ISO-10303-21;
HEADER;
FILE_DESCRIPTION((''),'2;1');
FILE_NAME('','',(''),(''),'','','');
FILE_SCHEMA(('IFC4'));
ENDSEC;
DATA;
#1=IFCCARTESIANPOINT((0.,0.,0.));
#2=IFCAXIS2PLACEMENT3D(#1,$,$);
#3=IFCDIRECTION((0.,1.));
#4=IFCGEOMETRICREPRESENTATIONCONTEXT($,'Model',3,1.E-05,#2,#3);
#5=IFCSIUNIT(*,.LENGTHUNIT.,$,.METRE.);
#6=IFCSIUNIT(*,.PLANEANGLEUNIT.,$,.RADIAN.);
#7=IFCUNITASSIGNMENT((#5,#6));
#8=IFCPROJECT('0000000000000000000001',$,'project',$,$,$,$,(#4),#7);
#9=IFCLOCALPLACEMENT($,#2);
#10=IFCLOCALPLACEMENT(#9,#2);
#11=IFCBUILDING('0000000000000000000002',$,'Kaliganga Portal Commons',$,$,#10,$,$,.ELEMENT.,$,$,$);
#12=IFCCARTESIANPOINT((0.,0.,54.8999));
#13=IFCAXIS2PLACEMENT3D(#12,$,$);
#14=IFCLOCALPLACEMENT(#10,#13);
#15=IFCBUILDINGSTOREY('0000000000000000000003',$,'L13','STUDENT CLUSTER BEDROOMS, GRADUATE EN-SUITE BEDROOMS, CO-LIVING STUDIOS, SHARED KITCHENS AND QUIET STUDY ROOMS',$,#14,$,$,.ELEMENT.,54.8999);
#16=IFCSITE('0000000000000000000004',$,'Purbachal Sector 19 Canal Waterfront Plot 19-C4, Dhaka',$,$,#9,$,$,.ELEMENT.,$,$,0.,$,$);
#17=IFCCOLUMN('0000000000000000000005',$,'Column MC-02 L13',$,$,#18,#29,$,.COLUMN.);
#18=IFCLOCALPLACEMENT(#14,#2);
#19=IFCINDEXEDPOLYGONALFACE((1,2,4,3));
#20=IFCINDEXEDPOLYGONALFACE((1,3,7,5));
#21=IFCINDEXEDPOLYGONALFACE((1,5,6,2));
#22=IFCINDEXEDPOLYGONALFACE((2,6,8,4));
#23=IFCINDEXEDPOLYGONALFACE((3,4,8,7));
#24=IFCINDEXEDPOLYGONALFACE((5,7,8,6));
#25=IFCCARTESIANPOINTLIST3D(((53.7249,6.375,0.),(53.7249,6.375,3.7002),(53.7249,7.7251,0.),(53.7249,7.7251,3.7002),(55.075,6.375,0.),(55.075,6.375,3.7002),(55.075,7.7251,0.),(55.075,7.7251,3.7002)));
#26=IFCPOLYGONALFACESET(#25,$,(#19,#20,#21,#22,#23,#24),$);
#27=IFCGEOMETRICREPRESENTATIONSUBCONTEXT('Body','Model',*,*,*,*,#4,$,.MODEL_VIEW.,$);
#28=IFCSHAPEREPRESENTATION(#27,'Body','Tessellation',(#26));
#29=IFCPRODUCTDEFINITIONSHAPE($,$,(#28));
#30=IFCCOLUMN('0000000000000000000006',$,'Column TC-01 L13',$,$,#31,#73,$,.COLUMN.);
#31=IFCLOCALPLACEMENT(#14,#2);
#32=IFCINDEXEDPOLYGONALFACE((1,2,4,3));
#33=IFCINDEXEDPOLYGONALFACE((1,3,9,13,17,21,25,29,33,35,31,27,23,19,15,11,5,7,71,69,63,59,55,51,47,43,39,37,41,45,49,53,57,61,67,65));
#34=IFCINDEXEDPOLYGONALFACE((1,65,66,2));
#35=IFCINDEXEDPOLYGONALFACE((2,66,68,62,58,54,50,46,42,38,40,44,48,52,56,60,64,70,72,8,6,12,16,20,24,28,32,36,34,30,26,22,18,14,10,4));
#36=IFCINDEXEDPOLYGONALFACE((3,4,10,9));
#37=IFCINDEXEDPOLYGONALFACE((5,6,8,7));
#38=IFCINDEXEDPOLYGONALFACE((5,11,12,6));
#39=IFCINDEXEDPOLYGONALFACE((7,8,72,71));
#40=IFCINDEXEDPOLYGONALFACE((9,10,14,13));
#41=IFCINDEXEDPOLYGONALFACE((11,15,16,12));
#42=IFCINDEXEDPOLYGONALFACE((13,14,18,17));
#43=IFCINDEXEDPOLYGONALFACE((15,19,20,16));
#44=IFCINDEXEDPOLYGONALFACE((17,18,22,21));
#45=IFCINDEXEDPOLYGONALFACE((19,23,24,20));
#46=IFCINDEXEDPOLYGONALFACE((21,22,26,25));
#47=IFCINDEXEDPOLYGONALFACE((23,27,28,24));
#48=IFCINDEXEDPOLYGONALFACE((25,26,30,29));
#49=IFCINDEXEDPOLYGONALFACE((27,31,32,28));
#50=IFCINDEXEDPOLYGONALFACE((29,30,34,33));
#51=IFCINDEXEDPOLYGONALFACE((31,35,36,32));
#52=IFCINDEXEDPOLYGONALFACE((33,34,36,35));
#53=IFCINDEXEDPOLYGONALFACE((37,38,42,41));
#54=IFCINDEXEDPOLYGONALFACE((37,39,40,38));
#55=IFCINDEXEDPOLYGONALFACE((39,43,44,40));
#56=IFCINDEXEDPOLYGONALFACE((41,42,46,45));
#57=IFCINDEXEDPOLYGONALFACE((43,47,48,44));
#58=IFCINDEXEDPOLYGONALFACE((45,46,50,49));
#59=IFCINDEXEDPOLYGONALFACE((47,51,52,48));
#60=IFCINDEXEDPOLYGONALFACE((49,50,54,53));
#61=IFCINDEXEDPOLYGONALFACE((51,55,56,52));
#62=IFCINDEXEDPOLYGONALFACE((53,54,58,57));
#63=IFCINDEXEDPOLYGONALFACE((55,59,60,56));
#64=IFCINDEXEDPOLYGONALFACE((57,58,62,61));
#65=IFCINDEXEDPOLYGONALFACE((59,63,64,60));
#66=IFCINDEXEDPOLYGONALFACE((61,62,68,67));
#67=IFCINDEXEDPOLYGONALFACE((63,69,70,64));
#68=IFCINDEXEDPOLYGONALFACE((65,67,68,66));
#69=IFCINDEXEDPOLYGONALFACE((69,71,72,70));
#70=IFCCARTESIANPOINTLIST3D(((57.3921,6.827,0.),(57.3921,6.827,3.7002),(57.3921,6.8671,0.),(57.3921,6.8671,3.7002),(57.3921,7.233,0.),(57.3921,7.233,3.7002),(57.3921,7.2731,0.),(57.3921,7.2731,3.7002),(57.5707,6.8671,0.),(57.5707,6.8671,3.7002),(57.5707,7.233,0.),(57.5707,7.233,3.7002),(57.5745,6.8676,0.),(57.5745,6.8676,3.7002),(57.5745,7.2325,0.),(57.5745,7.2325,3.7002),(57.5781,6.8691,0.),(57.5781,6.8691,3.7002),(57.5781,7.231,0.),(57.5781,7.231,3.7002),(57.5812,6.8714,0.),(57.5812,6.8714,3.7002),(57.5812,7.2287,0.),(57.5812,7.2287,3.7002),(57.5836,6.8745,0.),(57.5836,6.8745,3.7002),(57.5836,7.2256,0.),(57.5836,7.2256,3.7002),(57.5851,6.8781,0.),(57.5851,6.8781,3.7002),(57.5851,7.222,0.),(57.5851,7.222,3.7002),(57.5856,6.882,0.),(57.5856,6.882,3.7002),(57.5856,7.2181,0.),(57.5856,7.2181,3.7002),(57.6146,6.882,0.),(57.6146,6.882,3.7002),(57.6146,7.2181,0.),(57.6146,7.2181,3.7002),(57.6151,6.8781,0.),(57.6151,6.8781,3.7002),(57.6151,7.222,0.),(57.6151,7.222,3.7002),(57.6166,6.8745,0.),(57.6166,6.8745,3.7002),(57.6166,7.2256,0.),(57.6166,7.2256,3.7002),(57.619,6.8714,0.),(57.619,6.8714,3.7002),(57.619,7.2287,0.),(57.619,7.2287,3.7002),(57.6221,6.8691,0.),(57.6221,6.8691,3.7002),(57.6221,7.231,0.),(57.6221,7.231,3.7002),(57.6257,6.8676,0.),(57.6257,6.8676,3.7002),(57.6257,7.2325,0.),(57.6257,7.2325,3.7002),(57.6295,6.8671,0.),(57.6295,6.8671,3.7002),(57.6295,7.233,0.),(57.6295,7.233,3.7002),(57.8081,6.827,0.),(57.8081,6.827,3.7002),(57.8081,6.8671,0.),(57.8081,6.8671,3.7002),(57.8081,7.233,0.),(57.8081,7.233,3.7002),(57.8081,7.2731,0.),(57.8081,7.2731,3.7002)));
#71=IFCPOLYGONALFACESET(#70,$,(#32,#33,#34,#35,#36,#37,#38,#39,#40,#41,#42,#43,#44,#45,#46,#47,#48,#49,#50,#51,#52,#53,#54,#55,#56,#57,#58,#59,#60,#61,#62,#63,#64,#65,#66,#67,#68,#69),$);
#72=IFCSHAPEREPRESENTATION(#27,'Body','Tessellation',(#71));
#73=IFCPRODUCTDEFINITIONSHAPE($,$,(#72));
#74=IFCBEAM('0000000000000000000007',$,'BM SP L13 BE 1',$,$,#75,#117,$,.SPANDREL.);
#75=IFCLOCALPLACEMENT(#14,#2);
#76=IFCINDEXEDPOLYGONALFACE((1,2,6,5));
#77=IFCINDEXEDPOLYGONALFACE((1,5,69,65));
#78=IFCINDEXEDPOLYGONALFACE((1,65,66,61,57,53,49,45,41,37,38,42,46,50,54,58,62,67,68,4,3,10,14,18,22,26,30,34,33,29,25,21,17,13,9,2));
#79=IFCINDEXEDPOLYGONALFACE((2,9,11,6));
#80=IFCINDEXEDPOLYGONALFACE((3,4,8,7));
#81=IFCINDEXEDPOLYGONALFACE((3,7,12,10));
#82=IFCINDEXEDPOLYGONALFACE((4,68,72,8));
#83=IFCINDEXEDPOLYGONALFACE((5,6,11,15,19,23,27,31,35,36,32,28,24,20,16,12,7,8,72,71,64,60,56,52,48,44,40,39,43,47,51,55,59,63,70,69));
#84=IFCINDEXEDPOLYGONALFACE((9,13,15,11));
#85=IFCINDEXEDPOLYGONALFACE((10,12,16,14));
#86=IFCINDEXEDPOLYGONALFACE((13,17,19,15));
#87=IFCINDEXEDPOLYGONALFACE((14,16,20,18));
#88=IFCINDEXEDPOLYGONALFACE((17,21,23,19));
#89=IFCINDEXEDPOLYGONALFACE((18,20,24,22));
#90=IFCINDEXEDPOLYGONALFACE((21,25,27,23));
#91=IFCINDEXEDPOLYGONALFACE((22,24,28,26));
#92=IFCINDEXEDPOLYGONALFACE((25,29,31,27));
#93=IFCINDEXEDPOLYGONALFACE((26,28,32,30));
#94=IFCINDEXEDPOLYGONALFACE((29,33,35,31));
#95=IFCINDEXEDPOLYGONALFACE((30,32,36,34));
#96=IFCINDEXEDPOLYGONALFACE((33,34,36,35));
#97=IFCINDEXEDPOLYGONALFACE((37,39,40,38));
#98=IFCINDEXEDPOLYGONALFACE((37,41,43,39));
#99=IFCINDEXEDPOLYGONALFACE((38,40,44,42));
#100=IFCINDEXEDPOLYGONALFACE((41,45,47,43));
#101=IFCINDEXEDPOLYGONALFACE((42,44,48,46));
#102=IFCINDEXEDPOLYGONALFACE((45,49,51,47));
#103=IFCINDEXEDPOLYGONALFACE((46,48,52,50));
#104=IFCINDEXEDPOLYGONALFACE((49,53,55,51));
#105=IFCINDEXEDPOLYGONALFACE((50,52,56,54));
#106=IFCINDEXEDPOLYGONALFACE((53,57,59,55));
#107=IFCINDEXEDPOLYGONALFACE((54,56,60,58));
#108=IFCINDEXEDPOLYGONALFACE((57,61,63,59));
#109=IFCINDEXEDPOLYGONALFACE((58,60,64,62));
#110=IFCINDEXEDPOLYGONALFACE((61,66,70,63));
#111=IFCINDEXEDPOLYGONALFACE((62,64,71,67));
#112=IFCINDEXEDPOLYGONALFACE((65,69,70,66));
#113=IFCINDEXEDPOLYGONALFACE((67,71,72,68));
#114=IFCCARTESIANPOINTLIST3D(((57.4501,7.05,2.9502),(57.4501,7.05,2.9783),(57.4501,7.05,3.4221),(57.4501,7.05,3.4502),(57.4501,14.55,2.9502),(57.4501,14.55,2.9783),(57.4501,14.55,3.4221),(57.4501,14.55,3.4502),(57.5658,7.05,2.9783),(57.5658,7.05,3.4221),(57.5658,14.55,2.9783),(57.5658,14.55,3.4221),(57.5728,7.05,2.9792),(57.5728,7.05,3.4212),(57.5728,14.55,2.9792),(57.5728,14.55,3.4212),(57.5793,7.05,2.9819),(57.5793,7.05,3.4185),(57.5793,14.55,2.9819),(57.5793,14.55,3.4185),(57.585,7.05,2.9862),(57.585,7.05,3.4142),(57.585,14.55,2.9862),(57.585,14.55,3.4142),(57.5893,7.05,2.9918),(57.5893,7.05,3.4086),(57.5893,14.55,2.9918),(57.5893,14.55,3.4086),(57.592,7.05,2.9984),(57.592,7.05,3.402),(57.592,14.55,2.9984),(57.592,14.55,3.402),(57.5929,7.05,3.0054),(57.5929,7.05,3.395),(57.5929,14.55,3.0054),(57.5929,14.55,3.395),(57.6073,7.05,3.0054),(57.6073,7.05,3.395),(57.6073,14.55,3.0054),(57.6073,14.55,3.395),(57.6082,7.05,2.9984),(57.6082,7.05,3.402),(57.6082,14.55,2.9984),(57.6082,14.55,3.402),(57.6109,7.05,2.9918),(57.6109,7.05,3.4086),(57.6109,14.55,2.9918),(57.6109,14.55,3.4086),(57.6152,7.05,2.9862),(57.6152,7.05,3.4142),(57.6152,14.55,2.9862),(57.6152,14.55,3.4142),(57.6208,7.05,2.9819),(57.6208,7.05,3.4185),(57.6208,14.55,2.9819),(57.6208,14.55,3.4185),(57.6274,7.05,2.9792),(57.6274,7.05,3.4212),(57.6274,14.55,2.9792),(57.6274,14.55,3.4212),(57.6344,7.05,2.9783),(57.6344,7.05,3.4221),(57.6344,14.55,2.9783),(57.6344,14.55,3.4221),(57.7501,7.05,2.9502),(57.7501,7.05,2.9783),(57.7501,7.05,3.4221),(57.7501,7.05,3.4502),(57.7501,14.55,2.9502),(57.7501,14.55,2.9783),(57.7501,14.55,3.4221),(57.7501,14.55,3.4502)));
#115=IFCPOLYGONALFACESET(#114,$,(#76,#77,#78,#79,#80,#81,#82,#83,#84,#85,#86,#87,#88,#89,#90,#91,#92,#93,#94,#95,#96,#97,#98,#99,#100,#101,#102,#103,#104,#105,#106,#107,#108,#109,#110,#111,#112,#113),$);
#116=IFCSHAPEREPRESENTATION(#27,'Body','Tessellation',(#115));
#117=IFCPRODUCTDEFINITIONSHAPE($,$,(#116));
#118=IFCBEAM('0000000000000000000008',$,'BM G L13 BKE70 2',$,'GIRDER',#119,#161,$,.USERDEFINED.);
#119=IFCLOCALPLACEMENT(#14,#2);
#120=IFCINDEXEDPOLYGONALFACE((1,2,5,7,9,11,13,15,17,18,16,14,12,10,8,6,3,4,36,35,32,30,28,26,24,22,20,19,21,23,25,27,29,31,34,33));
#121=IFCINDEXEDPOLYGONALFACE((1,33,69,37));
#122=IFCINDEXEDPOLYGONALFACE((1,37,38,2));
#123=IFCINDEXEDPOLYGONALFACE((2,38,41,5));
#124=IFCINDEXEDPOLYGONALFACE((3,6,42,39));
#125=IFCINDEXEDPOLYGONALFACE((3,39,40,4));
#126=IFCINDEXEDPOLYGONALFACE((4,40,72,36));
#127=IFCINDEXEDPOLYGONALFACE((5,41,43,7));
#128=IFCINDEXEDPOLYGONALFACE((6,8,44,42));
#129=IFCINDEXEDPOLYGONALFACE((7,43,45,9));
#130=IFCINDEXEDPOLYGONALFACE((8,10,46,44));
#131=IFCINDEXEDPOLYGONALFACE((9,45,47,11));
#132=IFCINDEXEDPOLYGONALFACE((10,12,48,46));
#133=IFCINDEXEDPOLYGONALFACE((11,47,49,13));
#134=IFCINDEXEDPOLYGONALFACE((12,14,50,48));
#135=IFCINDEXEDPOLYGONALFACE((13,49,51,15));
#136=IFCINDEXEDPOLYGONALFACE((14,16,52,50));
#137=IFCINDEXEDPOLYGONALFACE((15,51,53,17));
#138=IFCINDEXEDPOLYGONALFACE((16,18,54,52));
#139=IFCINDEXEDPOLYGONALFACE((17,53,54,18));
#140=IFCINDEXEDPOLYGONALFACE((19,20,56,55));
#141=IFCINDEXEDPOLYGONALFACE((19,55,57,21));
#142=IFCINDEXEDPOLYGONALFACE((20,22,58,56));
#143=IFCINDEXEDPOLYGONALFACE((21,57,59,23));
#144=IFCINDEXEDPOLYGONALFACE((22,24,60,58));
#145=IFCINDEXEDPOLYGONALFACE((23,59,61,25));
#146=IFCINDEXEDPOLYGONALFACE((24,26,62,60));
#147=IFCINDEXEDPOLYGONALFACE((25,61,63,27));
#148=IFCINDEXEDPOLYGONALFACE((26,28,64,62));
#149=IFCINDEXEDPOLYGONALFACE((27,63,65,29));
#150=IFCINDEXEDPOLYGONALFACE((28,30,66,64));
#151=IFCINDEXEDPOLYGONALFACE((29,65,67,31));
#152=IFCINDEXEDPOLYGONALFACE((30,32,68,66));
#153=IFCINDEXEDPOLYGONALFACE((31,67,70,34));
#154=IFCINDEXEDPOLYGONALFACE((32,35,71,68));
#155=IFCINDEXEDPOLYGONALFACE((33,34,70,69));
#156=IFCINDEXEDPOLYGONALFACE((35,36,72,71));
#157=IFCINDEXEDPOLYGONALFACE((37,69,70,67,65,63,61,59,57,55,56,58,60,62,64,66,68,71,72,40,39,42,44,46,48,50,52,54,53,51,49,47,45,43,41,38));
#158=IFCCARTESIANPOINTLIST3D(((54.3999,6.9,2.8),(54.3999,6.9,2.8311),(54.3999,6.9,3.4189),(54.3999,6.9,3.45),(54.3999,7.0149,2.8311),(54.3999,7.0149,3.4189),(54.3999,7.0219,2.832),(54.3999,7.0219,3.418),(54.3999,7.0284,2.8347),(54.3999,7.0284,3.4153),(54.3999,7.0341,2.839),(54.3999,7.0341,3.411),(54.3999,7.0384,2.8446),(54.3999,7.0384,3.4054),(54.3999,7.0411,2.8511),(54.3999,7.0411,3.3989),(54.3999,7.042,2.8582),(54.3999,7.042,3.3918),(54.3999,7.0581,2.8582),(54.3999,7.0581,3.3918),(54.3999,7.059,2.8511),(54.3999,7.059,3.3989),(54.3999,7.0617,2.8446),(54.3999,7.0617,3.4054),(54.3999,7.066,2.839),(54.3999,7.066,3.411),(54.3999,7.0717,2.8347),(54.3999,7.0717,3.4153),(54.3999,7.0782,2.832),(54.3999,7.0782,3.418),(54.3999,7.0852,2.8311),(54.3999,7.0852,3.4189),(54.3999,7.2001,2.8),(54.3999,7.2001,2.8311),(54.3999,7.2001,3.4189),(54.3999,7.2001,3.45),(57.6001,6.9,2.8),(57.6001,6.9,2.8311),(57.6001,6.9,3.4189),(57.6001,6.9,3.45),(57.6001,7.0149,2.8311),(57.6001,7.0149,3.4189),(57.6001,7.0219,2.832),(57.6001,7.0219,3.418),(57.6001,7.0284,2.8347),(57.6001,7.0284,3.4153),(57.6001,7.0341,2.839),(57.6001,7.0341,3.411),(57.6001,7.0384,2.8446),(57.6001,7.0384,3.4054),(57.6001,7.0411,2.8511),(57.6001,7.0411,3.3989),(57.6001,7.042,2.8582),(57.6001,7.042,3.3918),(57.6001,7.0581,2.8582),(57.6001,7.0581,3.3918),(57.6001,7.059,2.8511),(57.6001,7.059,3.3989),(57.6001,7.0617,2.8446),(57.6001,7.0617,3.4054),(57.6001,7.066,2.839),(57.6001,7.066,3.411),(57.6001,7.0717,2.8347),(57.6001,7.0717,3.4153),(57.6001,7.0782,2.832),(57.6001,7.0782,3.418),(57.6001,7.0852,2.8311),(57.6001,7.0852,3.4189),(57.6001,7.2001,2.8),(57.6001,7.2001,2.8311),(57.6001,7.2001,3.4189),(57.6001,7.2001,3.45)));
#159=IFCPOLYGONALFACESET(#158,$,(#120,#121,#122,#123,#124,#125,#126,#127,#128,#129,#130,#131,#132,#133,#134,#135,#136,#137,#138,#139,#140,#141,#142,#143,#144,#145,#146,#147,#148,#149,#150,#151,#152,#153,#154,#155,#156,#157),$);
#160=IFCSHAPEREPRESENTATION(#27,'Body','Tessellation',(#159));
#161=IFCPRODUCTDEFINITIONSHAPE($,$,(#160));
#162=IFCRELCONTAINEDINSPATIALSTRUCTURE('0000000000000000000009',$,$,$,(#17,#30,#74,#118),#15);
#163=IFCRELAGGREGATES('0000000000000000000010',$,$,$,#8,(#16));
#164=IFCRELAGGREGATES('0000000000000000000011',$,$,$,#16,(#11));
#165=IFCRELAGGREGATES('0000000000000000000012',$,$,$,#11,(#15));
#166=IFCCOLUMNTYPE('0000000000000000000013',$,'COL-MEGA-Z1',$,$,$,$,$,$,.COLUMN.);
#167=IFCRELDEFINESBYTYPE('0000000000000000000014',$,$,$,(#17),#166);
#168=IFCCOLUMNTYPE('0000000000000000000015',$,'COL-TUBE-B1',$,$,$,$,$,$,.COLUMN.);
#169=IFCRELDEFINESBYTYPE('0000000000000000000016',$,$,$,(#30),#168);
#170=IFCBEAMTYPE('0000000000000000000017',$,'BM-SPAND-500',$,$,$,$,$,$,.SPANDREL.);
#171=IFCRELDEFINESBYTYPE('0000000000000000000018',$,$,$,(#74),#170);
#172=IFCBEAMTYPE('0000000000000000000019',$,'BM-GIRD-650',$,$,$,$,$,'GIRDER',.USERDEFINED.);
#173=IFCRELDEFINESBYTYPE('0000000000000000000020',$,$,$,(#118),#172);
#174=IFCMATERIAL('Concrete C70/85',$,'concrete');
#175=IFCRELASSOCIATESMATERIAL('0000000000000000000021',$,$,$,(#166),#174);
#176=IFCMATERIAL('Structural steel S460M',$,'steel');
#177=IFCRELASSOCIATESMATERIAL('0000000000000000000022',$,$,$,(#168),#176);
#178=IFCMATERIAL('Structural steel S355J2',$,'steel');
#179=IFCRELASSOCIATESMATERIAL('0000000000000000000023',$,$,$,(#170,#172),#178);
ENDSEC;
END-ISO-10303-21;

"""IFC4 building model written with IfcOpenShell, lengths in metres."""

from ifc_helpers import new_model, si_unit, direction, frame, origin, origin_2d, place, context, subcontext, project, spatial, rectangle, i_section, extrude, source, transform, mapped, material, material_profile, profile_set, type_object, element, save


model = new_model("IFC4")

# Units and contexts
model_context = context("Model", 3, precision=1e-05, world=origin(), true_north=direction((0.0, 1.0)))
body_context = subcontext(model_context, "Body", "Model", "MODEL_VIEW")
ifc_project = project(units=[si_unit("LENGTHUNIT", "METRE"), si_unit("PLANEANGLEUNIT", "RADIAN")], contexts=[model_context])

# Site, building, storey
site_placement = place(None, origin())
site = spatial("IfcSite", under=ifc_project, at=site_placement, Name="Purbachal Sector 19 Canal Waterfront Plot 19-C4, Dhaka", CompositionType="ELEMENT", RefElevation=0.0)
building_placement = place(site_placement, origin())
building = spatial("IfcBuilding", under=site, at=building_placement, Name="Kaliganga Portal Commons", CompositionType="ELEMENT")
storey_placement = place(building_placement, frame((0.0, 0.0, 54.8999)))
storey = spatial("IfcBuildingStorey", under=building, at=storey_placement, Name="L13", Description="STUDENT CLUSTER BEDROOMS, GRADUATE EN-SUITE BEDROOMS, CO-LIVING STUDIOS, SHARED KITCHENS AND QUIET STUDY ROOMS", CompositionType="ELEMENT", Elevation=54.8999)

# Columns
ifc_material_1 = material(Name="Concrete C70/85", Category="concrete")
ifc_material_profile_1 = material_profile(ifc_material_1, rectangle(XDim=1.3501, YDim=1.3501, at=origin_2d()), Name="RC 1350x1350")
ifc_profile_set_1 = profile_set([ifc_material_profile_1], Name="Concrete C70/85")
column_type_1 = type_object("IfcColumnType", Name="COL-MEGA-Z1", PredefinedType="COLUMN", material=ifc_profile_set_1)
shared_shape_1 = source(origin(), body_context, "Body", "SweptSolid", [
    extrude(rectangle(XDim=1.3501, YDim=1.3501, at=origin_2d()), origin(), (0.0, 0.0, 1.0), 3.7002),
])
column_1_placement = place(storey_placement, frame((54.3999, 7.05, 0.0), z_axis=(0.0, 0.0, 1.0), x_axis=(1.0, 0.0, 0.0)))
element("IfcColumn", 1, at=column_1_placement, inside=storey, type_object=column_type_1, Name="Column MC-02 L13", PredefinedType="COLUMN", context=body_context, shape_type="MappedRepresentation", body=[
    mapped(shared_shape_1, transform((0.0, 0.0, 0.0), x_axis=(1.0, 0.0, 0.0), y_axis=(0.0, 1.0, 0.0), z_axis=(0.0, 0.0, 1.0), scale=1.0)),
])
ifc_material_2 = material(Name="Structural steel S460M", Category="steel")
ifc_material_profile_2 = material_profile(ifc_material_2, i_section(OverallWidth=0.416, OverallDepth=0.446, WebThickness=0.0291, FlangeThickness=0.04, FilletRadius=0.0149, at=origin_2d()), Name="HD 400x509")
ifc_profile_set_2 = profile_set([ifc_material_profile_2], Name="Structural steel S460M wide-flange")
column_type_2 = type_object("IfcColumnType", Name="COL-TUBE-B1", PredefinedType="COLUMN", material=ifc_profile_set_2)
shared_shape_2 = source(origin(), body_context, "Body", "SweptSolid", [
    extrude(i_section(OverallWidth=0.416, OverallDepth=0.446, WebThickness=0.0291, FlangeThickness=0.04, FilletRadius=0.0149, at=origin_2d()), origin(), (0.0, 0.0, 1.0), 3.7002),
])
column_2_placement = place(storey_placement, frame((57.6001, 7.05, 0.0), z_axis=(0.0, 0.0, 1.0), x_axis=(1.0, 0.0, 0.0)))
element("IfcColumn", 2, at=column_2_placement, inside=storey, type_object=column_type_2, Name="Column TC-01 L13", PredefinedType="COLUMN", context=body_context, shape_type="MappedRepresentation", body=[
    mapped(shared_shape_2, transform((0.0, 0.0, 0.0), x_axis=(1.0, 0.0, 0.0), y_axis=(0.0, 1.0, 0.0), z_axis=(0.0, 0.0, 1.0), scale=1.0)),
])

# Beams
ifc_material_3 = material(Name="Structural steel S355J2", Category="steel")
ifc_material_profile_3 = material_profile(ifc_material_3, i_section(OverallWidth=0.3, OverallDepth=0.5, WebThickness=0.0144, FlangeThickness=0.0281, FilletRadius=0.0271, at=origin_2d()), Name="HE 500 B")
ifc_profile_set_3 = profile_set([ifc_material_profile_3], Name="Structural steel S355J2 wide-flange")
beam_type_1 = type_object("IfcBeamType", Name="BM-SPAND-500", PredefinedType="SPANDREL", material=ifc_profile_set_3)
shared_shape_3 = source(origin(), body_context, "Body", "SweptSolid", [
    extrude(i_section(OverallWidth=0.3, OverallDepth=0.5, WebThickness=0.0144, FlangeThickness=0.0281, FilletRadius=0.0271, at=origin_2d()), origin(), (0.0, 0.0, 1.0), 7.5),
])
beam_1_placement = place(storey_placement, frame((57.6001, 7.05, 3.2002), z_axis=(0.0, 1.0, 0.0), x_axis=(-1.0, 0.0, 0.0)))
element("IfcBeam", 3, at=beam_1_placement, inside=storey, type_object=beam_type_1, Name="BM SP L13 BE 1", PredefinedType="SPANDREL", context=body_context, shape_type="MappedRepresentation", body=[
    mapped(shared_shape_3, transform((0.0, 0.0, 0.0), x_axis=(1.0, 0.0, 0.0), y_axis=(0.0, 1.0, 0.0), z_axis=(0.0, 0.0, 1.0), scale=1.0)),
])
ifc_material_profile_4 = material_profile(ifc_material_3, i_section(OverallWidth=0.3, OverallDepth=0.6499, WebThickness=0.0161, FlangeThickness=0.031, FilletRadius=0.0271, at=origin_2d()), Name="HE 650 B")
ifc_profile_set_4 = profile_set([ifc_material_profile_4], Name="Structural steel S355J2 wide-flange")
beam_type_2 = type_object("IfcBeamType", Name="BM-GIRD-650", ElementType="GIRDER", PredefinedType="USERDEFINED", material=ifc_profile_set_4)
shared_shape_4 = source(origin(), body_context, "Body", "SweptSolid", [
    extrude(i_section(OverallWidth=0.3, OverallDepth=0.6499, WebThickness=0.0161, FlangeThickness=0.031, FilletRadius=0.0271, at=origin_2d()), origin(), (0.0, 0.0, 1.0), 3.2002),
])
beam_2_placement = place(storey_placement, frame((54.3999, 7.05, 3.125), z_axis=(1.0, 0.0, 0.0), x_axis=(0.0, 1.0, 0.0)))
element("IfcBeam", 4, at=beam_2_placement, inside=storey, type_object=beam_type_2, Name="BM G L13 BKE70 2", ObjectType="GIRDER", PredefinedType="USERDEFINED", context=body_context, shape_type="MappedRepresentation", body=[
    mapped(shared_shape_4, transform((0.0, 0.0, 0.0), x_axis=(1.0, 0.0, 0.0), y_axis=(0.0, 1.0, 0.0), z_axis=(0.0, 0.0, 1.0), scale=1.0)),
])

save(model, "model.ifc")
